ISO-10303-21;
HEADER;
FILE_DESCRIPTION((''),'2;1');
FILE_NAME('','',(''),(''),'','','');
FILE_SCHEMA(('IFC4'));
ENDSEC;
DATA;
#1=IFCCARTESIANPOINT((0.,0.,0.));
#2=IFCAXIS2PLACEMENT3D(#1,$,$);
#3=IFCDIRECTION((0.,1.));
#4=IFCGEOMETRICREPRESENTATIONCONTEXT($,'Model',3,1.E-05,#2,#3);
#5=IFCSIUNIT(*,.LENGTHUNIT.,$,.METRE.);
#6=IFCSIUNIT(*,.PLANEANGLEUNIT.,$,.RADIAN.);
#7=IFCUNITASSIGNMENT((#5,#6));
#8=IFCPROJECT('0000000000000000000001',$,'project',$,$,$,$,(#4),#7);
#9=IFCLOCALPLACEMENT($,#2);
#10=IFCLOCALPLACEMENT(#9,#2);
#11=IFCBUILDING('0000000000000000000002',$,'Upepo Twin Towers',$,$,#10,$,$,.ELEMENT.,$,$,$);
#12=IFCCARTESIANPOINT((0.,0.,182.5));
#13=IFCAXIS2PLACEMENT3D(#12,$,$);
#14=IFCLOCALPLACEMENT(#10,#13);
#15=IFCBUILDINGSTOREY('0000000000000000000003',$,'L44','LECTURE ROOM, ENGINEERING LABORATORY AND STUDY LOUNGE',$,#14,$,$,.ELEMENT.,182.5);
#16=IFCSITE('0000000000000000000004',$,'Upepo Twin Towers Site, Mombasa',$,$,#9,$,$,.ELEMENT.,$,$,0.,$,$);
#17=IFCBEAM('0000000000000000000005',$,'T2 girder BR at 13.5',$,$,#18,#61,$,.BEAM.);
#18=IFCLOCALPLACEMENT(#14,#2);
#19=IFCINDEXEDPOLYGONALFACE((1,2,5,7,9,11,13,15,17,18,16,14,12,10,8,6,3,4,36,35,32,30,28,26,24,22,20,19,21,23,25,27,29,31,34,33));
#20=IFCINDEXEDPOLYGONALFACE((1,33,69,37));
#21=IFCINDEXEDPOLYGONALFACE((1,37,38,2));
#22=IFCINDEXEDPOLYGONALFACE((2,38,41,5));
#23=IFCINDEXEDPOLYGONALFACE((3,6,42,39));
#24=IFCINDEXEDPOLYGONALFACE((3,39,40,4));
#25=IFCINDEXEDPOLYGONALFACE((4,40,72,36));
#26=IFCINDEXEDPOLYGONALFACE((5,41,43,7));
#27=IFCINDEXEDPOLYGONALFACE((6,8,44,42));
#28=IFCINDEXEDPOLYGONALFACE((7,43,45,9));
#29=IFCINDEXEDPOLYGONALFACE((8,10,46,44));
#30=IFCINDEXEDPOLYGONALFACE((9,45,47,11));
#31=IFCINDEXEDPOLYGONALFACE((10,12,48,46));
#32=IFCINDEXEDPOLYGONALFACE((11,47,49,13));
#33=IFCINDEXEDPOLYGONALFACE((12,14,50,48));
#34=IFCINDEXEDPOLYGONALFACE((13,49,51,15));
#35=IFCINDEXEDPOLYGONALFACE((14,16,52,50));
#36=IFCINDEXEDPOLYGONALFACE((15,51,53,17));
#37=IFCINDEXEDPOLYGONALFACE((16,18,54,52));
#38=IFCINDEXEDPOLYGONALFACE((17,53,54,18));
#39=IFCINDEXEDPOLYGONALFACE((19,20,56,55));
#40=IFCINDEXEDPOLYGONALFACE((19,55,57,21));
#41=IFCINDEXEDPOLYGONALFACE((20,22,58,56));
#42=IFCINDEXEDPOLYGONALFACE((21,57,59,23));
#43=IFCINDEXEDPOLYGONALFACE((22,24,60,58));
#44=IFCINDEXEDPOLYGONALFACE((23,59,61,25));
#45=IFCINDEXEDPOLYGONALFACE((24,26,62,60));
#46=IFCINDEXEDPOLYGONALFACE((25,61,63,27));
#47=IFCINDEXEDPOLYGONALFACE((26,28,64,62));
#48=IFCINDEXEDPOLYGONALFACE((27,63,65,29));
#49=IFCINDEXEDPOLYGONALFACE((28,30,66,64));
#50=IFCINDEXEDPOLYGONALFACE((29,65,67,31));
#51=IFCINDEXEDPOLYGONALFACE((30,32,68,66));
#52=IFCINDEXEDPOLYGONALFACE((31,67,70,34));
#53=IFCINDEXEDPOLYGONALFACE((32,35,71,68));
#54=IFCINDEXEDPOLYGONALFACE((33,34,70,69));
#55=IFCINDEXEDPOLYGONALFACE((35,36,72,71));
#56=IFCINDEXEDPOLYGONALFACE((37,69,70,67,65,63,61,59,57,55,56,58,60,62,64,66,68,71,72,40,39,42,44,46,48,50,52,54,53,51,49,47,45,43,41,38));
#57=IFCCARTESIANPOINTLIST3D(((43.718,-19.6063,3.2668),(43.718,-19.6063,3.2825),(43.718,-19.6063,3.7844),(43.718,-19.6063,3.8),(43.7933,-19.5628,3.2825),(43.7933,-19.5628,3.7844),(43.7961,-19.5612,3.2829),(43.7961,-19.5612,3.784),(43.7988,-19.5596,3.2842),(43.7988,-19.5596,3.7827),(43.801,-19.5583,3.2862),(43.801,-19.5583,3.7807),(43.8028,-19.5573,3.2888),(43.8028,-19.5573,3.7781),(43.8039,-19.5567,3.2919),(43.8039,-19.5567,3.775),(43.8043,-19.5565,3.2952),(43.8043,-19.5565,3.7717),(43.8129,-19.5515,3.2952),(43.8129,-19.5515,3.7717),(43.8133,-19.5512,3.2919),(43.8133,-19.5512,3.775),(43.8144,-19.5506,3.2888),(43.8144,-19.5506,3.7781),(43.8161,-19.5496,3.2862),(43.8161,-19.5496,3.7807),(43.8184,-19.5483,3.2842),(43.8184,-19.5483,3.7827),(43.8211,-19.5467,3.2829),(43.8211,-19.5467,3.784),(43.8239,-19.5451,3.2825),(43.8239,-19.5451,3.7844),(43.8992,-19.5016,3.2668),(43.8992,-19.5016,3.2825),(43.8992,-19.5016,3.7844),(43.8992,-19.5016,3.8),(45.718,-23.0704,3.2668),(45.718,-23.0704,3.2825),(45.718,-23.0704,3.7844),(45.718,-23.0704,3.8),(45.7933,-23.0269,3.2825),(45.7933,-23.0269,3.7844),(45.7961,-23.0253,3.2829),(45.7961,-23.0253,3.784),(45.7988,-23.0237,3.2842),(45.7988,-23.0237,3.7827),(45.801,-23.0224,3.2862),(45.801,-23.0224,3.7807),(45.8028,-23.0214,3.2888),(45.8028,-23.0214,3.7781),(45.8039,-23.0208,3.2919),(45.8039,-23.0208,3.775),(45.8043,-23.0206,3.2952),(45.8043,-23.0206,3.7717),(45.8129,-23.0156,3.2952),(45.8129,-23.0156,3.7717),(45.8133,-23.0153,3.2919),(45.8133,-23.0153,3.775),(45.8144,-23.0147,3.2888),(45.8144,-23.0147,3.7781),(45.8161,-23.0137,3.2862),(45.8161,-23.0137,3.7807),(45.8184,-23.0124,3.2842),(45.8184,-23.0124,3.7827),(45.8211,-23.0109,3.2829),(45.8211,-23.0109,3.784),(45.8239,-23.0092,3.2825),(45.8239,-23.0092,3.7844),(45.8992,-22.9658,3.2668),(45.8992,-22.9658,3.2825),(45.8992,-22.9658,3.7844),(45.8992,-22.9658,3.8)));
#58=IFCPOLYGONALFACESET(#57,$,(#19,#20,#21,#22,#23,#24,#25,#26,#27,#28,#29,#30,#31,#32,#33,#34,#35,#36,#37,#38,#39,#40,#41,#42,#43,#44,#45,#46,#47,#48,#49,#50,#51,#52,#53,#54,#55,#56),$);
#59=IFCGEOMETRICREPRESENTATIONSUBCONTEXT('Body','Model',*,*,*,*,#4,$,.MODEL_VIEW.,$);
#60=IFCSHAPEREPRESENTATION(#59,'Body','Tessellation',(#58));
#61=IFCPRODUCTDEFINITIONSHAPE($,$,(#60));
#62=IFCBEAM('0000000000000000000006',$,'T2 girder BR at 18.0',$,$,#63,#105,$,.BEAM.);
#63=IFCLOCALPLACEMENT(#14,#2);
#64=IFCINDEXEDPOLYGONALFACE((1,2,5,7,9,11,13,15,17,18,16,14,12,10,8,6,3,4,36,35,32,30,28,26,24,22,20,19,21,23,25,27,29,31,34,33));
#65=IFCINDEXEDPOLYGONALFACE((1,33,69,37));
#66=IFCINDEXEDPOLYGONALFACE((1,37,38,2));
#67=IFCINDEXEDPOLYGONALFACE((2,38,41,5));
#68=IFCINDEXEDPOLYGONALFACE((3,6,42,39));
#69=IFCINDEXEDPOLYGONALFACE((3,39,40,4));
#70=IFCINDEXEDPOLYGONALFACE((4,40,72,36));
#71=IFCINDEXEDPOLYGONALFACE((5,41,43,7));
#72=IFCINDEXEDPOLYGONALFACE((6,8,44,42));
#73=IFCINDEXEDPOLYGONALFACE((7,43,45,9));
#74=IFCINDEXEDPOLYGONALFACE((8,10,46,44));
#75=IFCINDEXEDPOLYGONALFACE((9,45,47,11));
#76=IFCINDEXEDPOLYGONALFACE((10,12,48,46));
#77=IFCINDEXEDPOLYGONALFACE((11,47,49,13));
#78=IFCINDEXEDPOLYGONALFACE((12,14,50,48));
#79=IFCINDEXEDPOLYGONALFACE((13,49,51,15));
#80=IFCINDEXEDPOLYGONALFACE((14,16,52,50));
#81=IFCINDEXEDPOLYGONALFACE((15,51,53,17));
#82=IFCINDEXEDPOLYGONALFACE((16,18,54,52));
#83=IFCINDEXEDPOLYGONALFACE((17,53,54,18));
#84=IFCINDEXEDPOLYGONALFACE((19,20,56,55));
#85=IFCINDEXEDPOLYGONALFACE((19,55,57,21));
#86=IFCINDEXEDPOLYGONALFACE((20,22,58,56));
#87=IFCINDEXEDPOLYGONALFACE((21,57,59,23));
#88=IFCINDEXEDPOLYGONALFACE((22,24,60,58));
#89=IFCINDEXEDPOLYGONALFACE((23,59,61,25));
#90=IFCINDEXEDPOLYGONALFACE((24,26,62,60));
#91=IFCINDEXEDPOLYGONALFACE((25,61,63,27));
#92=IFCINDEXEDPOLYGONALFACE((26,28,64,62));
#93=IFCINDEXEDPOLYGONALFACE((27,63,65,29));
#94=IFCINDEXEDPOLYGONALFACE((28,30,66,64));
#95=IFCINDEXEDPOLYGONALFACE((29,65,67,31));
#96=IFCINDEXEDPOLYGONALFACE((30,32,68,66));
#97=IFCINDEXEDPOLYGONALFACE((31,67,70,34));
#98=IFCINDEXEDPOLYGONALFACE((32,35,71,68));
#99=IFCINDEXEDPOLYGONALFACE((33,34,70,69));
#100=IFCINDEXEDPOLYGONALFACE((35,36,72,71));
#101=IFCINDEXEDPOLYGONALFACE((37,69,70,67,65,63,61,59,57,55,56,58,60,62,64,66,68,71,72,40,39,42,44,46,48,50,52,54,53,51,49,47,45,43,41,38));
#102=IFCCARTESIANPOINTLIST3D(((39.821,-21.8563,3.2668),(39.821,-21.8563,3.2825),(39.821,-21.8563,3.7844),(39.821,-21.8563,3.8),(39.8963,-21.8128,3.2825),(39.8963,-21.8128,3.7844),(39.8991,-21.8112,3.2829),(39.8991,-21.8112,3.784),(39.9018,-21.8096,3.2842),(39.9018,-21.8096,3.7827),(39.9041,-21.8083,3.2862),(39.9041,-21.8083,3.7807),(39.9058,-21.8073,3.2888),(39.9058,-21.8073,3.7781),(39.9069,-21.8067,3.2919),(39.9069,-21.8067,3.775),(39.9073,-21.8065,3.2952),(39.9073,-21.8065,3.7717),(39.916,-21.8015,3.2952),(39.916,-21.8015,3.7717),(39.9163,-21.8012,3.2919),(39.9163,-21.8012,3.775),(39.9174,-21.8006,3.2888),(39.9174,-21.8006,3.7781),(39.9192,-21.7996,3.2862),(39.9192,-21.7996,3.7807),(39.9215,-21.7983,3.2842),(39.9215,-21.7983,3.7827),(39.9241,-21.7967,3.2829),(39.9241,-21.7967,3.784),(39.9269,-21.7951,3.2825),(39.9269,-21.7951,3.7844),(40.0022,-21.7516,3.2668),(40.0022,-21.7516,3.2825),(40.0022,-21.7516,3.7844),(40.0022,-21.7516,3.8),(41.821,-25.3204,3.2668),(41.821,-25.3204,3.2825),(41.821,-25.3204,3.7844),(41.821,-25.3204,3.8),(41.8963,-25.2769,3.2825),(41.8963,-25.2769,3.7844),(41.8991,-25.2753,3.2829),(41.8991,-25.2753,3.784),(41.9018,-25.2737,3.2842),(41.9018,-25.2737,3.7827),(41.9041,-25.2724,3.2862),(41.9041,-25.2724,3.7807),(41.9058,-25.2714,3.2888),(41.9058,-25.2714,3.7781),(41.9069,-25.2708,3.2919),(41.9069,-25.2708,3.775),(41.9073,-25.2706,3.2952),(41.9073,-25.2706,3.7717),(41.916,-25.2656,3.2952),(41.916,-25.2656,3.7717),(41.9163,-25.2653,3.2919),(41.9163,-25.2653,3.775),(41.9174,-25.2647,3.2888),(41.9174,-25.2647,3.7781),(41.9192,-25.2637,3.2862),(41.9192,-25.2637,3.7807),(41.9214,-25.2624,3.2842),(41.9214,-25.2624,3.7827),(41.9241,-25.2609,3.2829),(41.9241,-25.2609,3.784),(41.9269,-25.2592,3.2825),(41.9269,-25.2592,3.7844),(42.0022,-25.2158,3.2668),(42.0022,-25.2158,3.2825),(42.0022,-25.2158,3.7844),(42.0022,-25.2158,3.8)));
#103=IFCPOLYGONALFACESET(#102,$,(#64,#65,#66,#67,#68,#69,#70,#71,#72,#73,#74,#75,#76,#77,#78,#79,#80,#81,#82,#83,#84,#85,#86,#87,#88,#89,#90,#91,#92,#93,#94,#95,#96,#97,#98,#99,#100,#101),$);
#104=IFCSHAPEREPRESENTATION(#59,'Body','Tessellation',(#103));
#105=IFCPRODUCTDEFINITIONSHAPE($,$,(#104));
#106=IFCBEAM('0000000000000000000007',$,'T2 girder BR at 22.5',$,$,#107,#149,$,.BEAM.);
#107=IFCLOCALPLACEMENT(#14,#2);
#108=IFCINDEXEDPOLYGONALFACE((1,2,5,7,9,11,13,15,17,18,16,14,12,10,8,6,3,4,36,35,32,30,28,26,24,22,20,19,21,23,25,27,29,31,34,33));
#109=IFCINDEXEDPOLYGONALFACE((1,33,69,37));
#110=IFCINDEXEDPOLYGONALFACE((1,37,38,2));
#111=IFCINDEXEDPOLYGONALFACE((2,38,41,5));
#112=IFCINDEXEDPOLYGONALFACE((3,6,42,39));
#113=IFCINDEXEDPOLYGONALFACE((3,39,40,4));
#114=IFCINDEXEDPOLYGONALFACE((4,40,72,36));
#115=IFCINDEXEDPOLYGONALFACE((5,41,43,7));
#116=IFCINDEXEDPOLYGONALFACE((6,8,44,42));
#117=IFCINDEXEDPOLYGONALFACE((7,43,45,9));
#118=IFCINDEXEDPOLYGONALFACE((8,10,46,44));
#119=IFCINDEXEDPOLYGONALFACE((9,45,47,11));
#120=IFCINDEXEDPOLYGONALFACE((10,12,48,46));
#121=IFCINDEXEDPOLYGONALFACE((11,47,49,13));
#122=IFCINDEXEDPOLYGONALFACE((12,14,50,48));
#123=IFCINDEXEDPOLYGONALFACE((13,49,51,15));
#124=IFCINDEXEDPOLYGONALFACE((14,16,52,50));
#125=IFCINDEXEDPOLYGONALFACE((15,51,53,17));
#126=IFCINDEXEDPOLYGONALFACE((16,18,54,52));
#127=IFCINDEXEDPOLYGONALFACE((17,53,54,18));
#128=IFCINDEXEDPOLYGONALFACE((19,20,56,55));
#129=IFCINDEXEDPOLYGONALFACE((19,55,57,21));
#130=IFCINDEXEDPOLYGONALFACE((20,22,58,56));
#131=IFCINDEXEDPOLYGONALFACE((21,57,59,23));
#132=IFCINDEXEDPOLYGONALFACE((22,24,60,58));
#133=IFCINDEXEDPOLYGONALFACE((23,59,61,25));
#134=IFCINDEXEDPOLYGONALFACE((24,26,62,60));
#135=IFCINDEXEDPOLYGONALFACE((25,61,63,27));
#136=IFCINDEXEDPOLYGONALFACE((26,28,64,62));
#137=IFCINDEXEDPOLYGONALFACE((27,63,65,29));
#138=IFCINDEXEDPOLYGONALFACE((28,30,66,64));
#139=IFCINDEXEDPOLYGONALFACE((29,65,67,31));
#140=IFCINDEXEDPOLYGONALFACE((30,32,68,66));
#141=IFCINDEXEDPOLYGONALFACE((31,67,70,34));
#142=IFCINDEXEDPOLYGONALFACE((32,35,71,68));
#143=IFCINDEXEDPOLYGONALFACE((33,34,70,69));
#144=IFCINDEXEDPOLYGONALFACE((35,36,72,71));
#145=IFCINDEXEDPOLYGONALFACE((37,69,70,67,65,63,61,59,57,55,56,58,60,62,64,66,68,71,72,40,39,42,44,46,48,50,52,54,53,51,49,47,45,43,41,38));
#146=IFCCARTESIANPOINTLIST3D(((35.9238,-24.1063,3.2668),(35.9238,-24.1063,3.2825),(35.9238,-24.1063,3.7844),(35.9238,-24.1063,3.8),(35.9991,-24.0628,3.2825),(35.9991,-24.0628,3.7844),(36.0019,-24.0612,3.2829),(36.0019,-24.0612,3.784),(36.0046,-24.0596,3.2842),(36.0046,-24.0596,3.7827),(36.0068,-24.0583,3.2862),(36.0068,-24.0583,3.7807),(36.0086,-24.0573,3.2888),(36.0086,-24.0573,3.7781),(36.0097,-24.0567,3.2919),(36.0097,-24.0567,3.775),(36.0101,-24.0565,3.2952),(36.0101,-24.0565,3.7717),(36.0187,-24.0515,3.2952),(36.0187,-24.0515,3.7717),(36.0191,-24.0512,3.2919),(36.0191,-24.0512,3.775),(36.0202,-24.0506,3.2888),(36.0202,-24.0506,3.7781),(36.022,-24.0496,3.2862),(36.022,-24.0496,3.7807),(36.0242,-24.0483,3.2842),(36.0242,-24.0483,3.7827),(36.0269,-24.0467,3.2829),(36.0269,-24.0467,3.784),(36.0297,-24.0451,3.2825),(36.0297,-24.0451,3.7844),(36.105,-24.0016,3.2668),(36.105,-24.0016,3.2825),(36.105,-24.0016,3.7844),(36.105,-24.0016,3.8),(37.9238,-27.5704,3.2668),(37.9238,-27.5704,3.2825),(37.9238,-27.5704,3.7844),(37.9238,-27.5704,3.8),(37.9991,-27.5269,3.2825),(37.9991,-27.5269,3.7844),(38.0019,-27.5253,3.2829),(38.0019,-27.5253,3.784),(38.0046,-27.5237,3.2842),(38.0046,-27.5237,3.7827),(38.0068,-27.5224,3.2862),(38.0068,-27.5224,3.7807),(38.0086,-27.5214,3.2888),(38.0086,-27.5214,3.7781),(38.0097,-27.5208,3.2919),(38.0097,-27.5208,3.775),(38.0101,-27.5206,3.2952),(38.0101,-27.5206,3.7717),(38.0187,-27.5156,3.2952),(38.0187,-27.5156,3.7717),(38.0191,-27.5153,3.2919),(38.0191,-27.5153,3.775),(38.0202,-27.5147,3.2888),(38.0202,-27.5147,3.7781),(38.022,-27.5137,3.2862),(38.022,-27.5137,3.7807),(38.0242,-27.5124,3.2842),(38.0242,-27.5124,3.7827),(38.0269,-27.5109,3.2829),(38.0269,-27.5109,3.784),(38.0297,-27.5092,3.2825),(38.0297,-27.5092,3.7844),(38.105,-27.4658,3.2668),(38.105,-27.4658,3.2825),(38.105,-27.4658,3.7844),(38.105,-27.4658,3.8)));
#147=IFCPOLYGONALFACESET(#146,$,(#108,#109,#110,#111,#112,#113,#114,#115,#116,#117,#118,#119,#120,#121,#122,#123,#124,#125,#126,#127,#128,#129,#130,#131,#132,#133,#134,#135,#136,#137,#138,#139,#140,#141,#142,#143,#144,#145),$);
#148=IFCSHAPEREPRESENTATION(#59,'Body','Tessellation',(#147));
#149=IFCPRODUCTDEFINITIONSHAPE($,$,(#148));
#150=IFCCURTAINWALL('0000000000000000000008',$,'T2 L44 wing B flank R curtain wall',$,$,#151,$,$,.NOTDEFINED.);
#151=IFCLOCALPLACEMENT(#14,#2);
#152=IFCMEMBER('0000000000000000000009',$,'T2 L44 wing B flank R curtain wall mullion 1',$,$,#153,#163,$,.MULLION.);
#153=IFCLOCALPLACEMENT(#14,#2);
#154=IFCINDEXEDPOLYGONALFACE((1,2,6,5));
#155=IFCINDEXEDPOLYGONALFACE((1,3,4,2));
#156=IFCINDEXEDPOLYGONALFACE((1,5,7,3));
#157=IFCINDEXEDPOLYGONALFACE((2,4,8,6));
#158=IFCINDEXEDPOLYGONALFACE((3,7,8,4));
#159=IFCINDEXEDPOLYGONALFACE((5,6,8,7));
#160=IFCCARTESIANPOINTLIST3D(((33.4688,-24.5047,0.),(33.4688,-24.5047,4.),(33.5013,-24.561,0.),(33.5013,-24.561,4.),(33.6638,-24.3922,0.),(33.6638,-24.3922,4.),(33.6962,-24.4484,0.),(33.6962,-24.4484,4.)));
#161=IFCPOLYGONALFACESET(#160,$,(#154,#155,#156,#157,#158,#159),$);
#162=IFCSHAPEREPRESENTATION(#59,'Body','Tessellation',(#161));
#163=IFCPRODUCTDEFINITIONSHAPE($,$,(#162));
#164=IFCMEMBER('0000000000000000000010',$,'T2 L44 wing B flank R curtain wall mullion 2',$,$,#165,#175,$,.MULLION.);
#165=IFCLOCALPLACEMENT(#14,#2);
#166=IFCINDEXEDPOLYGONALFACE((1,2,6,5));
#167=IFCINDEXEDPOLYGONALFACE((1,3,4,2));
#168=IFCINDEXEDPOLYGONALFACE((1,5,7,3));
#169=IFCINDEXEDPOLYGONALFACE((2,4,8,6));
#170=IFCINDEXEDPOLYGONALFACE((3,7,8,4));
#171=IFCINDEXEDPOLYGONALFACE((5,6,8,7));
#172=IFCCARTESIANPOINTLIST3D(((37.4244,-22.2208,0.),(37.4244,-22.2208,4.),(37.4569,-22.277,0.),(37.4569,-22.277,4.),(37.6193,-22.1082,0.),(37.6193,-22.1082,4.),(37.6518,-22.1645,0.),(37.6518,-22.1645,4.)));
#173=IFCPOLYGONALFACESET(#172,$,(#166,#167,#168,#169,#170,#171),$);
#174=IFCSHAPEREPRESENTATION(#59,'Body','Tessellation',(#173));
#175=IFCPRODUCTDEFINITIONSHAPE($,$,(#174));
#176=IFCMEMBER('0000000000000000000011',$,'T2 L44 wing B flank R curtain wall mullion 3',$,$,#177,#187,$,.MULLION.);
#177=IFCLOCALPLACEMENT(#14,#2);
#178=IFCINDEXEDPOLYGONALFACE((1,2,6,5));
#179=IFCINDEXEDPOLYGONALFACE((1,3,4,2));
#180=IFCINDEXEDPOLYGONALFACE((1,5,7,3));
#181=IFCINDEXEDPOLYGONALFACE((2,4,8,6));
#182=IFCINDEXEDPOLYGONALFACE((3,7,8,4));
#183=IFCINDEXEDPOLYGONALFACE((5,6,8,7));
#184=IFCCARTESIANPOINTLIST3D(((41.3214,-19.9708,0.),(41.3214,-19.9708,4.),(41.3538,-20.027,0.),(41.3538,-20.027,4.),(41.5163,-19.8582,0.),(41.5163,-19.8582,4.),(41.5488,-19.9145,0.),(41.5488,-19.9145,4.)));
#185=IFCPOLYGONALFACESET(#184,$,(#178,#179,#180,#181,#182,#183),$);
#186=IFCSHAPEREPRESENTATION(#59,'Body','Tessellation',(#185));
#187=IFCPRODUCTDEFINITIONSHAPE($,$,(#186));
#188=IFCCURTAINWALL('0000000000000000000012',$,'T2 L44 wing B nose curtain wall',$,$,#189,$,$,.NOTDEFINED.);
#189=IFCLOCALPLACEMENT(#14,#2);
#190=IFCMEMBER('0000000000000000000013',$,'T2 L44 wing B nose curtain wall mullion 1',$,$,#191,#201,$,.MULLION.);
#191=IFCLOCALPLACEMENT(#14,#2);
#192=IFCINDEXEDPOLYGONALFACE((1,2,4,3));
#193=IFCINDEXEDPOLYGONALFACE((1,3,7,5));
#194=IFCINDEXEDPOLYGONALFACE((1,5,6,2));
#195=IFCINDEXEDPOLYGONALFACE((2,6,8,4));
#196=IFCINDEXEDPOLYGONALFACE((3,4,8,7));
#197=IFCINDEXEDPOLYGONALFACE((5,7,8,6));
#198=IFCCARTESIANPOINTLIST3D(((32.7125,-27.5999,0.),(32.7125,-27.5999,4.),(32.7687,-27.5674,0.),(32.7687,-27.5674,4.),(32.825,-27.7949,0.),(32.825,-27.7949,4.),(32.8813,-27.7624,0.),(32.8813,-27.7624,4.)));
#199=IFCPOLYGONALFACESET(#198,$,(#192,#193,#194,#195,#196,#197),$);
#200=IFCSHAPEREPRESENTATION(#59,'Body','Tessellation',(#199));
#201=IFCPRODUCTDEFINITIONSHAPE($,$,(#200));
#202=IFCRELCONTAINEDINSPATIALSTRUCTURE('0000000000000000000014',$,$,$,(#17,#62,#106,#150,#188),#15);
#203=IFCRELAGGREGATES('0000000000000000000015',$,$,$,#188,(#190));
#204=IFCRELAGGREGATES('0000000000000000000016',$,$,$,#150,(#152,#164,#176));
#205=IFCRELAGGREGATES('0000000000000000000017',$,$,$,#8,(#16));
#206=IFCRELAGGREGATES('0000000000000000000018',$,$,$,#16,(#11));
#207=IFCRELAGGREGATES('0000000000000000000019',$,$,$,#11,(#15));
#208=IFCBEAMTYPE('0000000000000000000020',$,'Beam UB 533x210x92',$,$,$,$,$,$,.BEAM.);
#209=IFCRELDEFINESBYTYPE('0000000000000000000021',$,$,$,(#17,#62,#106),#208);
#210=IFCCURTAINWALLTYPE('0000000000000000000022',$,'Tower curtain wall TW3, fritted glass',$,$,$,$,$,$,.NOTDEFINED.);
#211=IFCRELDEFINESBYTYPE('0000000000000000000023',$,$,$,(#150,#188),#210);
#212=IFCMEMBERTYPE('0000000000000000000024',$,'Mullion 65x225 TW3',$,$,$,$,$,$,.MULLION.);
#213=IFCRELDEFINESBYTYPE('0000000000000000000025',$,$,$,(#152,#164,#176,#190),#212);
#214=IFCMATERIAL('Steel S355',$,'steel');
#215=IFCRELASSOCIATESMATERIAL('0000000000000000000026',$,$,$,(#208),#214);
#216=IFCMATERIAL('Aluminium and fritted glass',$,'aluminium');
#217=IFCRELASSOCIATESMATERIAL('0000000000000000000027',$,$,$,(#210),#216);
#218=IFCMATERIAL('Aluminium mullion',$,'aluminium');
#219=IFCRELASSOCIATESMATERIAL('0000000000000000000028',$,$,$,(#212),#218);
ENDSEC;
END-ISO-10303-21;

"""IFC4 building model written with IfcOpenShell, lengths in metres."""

from ifc_helpers import new_model, si_unit, direction, frame, origin, origin_2d, place, context, subcontext, project, spatial, rectangle, i_section, extrude, material, material_profile, profile_set, type_object, element, aggregate, save


model = new_model("IFC4")

# Units and contexts
model_context = context("Model", 3, precision=1e-05, world=origin(), true_north=direction((0.0, 1.0)))
body_context = subcontext(model_context, "Body", "Model", "MODEL_VIEW")
ifc_project = project(units=[si_unit("LENGTHUNIT", "METRE"), si_unit("PLANEANGLEUNIT", "RADIAN")], contexts=[model_context])

# Site, building, storey
site_placement = place(None, origin())
site = spatial("IfcSite", under=ifc_project, at=site_placement, Name="Upepo Twin Towers Site, Mombasa", CompositionType="ELEMENT", RefElevation=0.0)
building_placement = place(site_placement, origin())
building = spatial("IfcBuilding", under=site, at=building_placement, Name="Upepo Twin Towers", CompositionType="ELEMENT")
storey_placement = place(building_placement, frame((0.0, 0.0, 182.5)))
storey = spatial("IfcBuildingStorey", under=building, at=storey_placement, Name="L44", Description="LECTURE ROOM, ENGINEERING LABORATORY AND STUDY LOUNGE", CompositionType="ELEMENT", Elevation=182.5)

# Beams
ifc_material_1 = material(Name="Steel S355", Category="steel")
ifc_material_profile_1 = material_profile(ifc_material_1, i_section(OverallWidth=0.2092, OverallDepth=0.5332, WebThickness=0.01, FlangeThickness=0.0156, FilletRadius=0.0127, at=origin_2d()), Name="UB 533x210x92")
ifc_profile_set_1 = profile_set([ifc_material_profile_1], Name="Steel S355")
beam_type_1 = type_object("IfcBeamType", Name="Beam UB 533x210x92", PredefinedType="BEAM", material=ifc_profile_set_1)
for number, where, z_axis, x_axis, name in (
    (1, (43.8086, -19.554, 3.5334), (0.499999, -0.866026, 0.0), (0.866026, 0.499999, 0.0), "T2 girder BR at 13.5"),
    (2, (39.9116, -21.804, 3.5334), (0.499999, -0.866026, 0.0), (0.866026, 0.499999, 0.0), "T2 girder BR at 18.0"),
    (3, (36.0144, -24.054, 3.5334), (0.499999, -0.866026, 0.0), (0.866026, 0.499999, 0.0), "T2 girder BR at 22.5"),
):
    element("IfcBeam", number, at=place(storey_placement, frame(where, z_axis=z_axis, x_axis=x_axis)), inside=storey, type_object=beam_type_1, Name=name, PredefinedType="BEAM", context=body_context, shape_type="SweptSolid", body=[
        extrude(i_section(OverallWidth=0.2092, OverallDepth=0.5332, WebThickness=0.01, FlangeThickness=0.0156, FilletRadius=0.0127, at=origin_2d()), origin(), (0.0, 0.0, 1.0), 4.0),
    ])

# Curtain wall, members
ifc_material_2 = material(Name="Aluminium and fritted glass", Category="aluminium")
curtain_wall_type = type_object("IfcCurtainWallType", Name="Tower curtain wall TW3, fritted glass", PredefinedType="NOTDEFINED", material=ifc_material_2)
curtain_wall_1_placement = place(storey_placement, origin())
curtain_wall_1 = element("IfcCurtainWall", 4, at=curtain_wall_1_placement, inside=storey, type_object=curtain_wall_type, Name="T2 L44 wing B flank R curtain wall", PredefinedType="NOTDEFINED")
ifc_material_3 = material(Name="Aluminium mullion", Category="aluminium")
ifc_material_profile_2 = material_profile(ifc_material_3, rectangle(XDim=0.0649, YDim=0.2251, at=origin_2d()), Name="MULLION 65x225")
ifc_profile_set_2 = profile_set([ifc_material_profile_2], Name="Aluminium mullion")
member_type_1 = type_object("IfcMemberType", Name="Mullion 65x225 TW3", PredefinedType="MULLION", material=ifc_profile_set_2)
member_1_placement = place(storey_placement, frame((33.5825, -24.4766, 0.0), z_axis=(0.0, 0.0, 1.0), x_axis=(-0.5, 0.866025, 0.0)))
member_1 = element("IfcMember", 5, at=member_1_placement, type_object=member_type_1, Name="T2 L44 wing B flank R curtain wall mullion 1", PredefinedType="MULLION", context=body_context, shape_type="SweptSolid", body=[
    extrude(rectangle(XDim=0.0649, YDim=0.2251, at=origin_2d()), origin(), (0.0, 0.0, 1.0), 4.0),
])
member_2_placement = place(storey_placement, frame((37.5381, -22.1926, 0.0), z_axis=(0.0, 0.0, 1.0), x_axis=(-0.5, 0.866025, 0.0)))
member_2 = element("IfcMember", 6, at=member_2_placement, type_object=member_type_1, Name="T2 L44 wing B flank R curtain wall mullion 2", PredefinedType="MULLION", context=body_context, shape_type="SweptSolid", body=[
    extrude(rectangle(XDim=0.0649, YDim=0.2251, at=origin_2d()), origin(), (0.0, 0.0, 1.0), 4.0),
])
member_3_placement = place(storey_placement, frame((41.4351, -19.9426, 0.0), z_axis=(0.0, 0.0, 1.0), x_axis=(-0.5, 0.866025, 0.0)))
member_3 = element("IfcMember", 7, at=member_3_placement, type_object=member_type_1, Name="T2 L44 wing B flank R curtain wall mullion 3", PredefinedType="MULLION", context=body_context, shape_type="SweptSolid", body=[
    extrude(rectangle(XDim=0.0649, YDim=0.2251, at=origin_2d()), origin(), (0.0, 0.0, 1.0), 4.0),
])

# Curtain wall, member
curtain_wall_2_placement = place(storey_placement, origin())
curtain_wall_2 = element("IfcCurtainWall", 8, at=curtain_wall_2_placement, inside=storey, type_object=curtain_wall_type, Name="T2 L44 wing B nose curtain wall", PredefinedType="NOTDEFINED")
member_4_placement = place(storey_placement, frame((32.7969, -27.6812, 0.0), z_axis=(0.0, 0.0, 1.0), x_axis=(0.866025, 0.5, 0.0)))
member_4 = element("IfcMember", 9, at=member_4_placement, type_object=member_type_1, Name="T2 L44 wing B nose curtain wall mullion 1", PredefinedType="MULLION", context=body_context, shape_type="SweptSolid", body=[
    extrude(rectangle(XDim=0.0649, YDim=0.2251, at=origin_2d()), origin(), (0.0, 0.0, 1.0), 4.0),
])

aggregate(curtain_wall_2, [member_4])

aggregate(curtain_wall_1, [member_1, member_2, member_3])

save(model, "model.ifc")
